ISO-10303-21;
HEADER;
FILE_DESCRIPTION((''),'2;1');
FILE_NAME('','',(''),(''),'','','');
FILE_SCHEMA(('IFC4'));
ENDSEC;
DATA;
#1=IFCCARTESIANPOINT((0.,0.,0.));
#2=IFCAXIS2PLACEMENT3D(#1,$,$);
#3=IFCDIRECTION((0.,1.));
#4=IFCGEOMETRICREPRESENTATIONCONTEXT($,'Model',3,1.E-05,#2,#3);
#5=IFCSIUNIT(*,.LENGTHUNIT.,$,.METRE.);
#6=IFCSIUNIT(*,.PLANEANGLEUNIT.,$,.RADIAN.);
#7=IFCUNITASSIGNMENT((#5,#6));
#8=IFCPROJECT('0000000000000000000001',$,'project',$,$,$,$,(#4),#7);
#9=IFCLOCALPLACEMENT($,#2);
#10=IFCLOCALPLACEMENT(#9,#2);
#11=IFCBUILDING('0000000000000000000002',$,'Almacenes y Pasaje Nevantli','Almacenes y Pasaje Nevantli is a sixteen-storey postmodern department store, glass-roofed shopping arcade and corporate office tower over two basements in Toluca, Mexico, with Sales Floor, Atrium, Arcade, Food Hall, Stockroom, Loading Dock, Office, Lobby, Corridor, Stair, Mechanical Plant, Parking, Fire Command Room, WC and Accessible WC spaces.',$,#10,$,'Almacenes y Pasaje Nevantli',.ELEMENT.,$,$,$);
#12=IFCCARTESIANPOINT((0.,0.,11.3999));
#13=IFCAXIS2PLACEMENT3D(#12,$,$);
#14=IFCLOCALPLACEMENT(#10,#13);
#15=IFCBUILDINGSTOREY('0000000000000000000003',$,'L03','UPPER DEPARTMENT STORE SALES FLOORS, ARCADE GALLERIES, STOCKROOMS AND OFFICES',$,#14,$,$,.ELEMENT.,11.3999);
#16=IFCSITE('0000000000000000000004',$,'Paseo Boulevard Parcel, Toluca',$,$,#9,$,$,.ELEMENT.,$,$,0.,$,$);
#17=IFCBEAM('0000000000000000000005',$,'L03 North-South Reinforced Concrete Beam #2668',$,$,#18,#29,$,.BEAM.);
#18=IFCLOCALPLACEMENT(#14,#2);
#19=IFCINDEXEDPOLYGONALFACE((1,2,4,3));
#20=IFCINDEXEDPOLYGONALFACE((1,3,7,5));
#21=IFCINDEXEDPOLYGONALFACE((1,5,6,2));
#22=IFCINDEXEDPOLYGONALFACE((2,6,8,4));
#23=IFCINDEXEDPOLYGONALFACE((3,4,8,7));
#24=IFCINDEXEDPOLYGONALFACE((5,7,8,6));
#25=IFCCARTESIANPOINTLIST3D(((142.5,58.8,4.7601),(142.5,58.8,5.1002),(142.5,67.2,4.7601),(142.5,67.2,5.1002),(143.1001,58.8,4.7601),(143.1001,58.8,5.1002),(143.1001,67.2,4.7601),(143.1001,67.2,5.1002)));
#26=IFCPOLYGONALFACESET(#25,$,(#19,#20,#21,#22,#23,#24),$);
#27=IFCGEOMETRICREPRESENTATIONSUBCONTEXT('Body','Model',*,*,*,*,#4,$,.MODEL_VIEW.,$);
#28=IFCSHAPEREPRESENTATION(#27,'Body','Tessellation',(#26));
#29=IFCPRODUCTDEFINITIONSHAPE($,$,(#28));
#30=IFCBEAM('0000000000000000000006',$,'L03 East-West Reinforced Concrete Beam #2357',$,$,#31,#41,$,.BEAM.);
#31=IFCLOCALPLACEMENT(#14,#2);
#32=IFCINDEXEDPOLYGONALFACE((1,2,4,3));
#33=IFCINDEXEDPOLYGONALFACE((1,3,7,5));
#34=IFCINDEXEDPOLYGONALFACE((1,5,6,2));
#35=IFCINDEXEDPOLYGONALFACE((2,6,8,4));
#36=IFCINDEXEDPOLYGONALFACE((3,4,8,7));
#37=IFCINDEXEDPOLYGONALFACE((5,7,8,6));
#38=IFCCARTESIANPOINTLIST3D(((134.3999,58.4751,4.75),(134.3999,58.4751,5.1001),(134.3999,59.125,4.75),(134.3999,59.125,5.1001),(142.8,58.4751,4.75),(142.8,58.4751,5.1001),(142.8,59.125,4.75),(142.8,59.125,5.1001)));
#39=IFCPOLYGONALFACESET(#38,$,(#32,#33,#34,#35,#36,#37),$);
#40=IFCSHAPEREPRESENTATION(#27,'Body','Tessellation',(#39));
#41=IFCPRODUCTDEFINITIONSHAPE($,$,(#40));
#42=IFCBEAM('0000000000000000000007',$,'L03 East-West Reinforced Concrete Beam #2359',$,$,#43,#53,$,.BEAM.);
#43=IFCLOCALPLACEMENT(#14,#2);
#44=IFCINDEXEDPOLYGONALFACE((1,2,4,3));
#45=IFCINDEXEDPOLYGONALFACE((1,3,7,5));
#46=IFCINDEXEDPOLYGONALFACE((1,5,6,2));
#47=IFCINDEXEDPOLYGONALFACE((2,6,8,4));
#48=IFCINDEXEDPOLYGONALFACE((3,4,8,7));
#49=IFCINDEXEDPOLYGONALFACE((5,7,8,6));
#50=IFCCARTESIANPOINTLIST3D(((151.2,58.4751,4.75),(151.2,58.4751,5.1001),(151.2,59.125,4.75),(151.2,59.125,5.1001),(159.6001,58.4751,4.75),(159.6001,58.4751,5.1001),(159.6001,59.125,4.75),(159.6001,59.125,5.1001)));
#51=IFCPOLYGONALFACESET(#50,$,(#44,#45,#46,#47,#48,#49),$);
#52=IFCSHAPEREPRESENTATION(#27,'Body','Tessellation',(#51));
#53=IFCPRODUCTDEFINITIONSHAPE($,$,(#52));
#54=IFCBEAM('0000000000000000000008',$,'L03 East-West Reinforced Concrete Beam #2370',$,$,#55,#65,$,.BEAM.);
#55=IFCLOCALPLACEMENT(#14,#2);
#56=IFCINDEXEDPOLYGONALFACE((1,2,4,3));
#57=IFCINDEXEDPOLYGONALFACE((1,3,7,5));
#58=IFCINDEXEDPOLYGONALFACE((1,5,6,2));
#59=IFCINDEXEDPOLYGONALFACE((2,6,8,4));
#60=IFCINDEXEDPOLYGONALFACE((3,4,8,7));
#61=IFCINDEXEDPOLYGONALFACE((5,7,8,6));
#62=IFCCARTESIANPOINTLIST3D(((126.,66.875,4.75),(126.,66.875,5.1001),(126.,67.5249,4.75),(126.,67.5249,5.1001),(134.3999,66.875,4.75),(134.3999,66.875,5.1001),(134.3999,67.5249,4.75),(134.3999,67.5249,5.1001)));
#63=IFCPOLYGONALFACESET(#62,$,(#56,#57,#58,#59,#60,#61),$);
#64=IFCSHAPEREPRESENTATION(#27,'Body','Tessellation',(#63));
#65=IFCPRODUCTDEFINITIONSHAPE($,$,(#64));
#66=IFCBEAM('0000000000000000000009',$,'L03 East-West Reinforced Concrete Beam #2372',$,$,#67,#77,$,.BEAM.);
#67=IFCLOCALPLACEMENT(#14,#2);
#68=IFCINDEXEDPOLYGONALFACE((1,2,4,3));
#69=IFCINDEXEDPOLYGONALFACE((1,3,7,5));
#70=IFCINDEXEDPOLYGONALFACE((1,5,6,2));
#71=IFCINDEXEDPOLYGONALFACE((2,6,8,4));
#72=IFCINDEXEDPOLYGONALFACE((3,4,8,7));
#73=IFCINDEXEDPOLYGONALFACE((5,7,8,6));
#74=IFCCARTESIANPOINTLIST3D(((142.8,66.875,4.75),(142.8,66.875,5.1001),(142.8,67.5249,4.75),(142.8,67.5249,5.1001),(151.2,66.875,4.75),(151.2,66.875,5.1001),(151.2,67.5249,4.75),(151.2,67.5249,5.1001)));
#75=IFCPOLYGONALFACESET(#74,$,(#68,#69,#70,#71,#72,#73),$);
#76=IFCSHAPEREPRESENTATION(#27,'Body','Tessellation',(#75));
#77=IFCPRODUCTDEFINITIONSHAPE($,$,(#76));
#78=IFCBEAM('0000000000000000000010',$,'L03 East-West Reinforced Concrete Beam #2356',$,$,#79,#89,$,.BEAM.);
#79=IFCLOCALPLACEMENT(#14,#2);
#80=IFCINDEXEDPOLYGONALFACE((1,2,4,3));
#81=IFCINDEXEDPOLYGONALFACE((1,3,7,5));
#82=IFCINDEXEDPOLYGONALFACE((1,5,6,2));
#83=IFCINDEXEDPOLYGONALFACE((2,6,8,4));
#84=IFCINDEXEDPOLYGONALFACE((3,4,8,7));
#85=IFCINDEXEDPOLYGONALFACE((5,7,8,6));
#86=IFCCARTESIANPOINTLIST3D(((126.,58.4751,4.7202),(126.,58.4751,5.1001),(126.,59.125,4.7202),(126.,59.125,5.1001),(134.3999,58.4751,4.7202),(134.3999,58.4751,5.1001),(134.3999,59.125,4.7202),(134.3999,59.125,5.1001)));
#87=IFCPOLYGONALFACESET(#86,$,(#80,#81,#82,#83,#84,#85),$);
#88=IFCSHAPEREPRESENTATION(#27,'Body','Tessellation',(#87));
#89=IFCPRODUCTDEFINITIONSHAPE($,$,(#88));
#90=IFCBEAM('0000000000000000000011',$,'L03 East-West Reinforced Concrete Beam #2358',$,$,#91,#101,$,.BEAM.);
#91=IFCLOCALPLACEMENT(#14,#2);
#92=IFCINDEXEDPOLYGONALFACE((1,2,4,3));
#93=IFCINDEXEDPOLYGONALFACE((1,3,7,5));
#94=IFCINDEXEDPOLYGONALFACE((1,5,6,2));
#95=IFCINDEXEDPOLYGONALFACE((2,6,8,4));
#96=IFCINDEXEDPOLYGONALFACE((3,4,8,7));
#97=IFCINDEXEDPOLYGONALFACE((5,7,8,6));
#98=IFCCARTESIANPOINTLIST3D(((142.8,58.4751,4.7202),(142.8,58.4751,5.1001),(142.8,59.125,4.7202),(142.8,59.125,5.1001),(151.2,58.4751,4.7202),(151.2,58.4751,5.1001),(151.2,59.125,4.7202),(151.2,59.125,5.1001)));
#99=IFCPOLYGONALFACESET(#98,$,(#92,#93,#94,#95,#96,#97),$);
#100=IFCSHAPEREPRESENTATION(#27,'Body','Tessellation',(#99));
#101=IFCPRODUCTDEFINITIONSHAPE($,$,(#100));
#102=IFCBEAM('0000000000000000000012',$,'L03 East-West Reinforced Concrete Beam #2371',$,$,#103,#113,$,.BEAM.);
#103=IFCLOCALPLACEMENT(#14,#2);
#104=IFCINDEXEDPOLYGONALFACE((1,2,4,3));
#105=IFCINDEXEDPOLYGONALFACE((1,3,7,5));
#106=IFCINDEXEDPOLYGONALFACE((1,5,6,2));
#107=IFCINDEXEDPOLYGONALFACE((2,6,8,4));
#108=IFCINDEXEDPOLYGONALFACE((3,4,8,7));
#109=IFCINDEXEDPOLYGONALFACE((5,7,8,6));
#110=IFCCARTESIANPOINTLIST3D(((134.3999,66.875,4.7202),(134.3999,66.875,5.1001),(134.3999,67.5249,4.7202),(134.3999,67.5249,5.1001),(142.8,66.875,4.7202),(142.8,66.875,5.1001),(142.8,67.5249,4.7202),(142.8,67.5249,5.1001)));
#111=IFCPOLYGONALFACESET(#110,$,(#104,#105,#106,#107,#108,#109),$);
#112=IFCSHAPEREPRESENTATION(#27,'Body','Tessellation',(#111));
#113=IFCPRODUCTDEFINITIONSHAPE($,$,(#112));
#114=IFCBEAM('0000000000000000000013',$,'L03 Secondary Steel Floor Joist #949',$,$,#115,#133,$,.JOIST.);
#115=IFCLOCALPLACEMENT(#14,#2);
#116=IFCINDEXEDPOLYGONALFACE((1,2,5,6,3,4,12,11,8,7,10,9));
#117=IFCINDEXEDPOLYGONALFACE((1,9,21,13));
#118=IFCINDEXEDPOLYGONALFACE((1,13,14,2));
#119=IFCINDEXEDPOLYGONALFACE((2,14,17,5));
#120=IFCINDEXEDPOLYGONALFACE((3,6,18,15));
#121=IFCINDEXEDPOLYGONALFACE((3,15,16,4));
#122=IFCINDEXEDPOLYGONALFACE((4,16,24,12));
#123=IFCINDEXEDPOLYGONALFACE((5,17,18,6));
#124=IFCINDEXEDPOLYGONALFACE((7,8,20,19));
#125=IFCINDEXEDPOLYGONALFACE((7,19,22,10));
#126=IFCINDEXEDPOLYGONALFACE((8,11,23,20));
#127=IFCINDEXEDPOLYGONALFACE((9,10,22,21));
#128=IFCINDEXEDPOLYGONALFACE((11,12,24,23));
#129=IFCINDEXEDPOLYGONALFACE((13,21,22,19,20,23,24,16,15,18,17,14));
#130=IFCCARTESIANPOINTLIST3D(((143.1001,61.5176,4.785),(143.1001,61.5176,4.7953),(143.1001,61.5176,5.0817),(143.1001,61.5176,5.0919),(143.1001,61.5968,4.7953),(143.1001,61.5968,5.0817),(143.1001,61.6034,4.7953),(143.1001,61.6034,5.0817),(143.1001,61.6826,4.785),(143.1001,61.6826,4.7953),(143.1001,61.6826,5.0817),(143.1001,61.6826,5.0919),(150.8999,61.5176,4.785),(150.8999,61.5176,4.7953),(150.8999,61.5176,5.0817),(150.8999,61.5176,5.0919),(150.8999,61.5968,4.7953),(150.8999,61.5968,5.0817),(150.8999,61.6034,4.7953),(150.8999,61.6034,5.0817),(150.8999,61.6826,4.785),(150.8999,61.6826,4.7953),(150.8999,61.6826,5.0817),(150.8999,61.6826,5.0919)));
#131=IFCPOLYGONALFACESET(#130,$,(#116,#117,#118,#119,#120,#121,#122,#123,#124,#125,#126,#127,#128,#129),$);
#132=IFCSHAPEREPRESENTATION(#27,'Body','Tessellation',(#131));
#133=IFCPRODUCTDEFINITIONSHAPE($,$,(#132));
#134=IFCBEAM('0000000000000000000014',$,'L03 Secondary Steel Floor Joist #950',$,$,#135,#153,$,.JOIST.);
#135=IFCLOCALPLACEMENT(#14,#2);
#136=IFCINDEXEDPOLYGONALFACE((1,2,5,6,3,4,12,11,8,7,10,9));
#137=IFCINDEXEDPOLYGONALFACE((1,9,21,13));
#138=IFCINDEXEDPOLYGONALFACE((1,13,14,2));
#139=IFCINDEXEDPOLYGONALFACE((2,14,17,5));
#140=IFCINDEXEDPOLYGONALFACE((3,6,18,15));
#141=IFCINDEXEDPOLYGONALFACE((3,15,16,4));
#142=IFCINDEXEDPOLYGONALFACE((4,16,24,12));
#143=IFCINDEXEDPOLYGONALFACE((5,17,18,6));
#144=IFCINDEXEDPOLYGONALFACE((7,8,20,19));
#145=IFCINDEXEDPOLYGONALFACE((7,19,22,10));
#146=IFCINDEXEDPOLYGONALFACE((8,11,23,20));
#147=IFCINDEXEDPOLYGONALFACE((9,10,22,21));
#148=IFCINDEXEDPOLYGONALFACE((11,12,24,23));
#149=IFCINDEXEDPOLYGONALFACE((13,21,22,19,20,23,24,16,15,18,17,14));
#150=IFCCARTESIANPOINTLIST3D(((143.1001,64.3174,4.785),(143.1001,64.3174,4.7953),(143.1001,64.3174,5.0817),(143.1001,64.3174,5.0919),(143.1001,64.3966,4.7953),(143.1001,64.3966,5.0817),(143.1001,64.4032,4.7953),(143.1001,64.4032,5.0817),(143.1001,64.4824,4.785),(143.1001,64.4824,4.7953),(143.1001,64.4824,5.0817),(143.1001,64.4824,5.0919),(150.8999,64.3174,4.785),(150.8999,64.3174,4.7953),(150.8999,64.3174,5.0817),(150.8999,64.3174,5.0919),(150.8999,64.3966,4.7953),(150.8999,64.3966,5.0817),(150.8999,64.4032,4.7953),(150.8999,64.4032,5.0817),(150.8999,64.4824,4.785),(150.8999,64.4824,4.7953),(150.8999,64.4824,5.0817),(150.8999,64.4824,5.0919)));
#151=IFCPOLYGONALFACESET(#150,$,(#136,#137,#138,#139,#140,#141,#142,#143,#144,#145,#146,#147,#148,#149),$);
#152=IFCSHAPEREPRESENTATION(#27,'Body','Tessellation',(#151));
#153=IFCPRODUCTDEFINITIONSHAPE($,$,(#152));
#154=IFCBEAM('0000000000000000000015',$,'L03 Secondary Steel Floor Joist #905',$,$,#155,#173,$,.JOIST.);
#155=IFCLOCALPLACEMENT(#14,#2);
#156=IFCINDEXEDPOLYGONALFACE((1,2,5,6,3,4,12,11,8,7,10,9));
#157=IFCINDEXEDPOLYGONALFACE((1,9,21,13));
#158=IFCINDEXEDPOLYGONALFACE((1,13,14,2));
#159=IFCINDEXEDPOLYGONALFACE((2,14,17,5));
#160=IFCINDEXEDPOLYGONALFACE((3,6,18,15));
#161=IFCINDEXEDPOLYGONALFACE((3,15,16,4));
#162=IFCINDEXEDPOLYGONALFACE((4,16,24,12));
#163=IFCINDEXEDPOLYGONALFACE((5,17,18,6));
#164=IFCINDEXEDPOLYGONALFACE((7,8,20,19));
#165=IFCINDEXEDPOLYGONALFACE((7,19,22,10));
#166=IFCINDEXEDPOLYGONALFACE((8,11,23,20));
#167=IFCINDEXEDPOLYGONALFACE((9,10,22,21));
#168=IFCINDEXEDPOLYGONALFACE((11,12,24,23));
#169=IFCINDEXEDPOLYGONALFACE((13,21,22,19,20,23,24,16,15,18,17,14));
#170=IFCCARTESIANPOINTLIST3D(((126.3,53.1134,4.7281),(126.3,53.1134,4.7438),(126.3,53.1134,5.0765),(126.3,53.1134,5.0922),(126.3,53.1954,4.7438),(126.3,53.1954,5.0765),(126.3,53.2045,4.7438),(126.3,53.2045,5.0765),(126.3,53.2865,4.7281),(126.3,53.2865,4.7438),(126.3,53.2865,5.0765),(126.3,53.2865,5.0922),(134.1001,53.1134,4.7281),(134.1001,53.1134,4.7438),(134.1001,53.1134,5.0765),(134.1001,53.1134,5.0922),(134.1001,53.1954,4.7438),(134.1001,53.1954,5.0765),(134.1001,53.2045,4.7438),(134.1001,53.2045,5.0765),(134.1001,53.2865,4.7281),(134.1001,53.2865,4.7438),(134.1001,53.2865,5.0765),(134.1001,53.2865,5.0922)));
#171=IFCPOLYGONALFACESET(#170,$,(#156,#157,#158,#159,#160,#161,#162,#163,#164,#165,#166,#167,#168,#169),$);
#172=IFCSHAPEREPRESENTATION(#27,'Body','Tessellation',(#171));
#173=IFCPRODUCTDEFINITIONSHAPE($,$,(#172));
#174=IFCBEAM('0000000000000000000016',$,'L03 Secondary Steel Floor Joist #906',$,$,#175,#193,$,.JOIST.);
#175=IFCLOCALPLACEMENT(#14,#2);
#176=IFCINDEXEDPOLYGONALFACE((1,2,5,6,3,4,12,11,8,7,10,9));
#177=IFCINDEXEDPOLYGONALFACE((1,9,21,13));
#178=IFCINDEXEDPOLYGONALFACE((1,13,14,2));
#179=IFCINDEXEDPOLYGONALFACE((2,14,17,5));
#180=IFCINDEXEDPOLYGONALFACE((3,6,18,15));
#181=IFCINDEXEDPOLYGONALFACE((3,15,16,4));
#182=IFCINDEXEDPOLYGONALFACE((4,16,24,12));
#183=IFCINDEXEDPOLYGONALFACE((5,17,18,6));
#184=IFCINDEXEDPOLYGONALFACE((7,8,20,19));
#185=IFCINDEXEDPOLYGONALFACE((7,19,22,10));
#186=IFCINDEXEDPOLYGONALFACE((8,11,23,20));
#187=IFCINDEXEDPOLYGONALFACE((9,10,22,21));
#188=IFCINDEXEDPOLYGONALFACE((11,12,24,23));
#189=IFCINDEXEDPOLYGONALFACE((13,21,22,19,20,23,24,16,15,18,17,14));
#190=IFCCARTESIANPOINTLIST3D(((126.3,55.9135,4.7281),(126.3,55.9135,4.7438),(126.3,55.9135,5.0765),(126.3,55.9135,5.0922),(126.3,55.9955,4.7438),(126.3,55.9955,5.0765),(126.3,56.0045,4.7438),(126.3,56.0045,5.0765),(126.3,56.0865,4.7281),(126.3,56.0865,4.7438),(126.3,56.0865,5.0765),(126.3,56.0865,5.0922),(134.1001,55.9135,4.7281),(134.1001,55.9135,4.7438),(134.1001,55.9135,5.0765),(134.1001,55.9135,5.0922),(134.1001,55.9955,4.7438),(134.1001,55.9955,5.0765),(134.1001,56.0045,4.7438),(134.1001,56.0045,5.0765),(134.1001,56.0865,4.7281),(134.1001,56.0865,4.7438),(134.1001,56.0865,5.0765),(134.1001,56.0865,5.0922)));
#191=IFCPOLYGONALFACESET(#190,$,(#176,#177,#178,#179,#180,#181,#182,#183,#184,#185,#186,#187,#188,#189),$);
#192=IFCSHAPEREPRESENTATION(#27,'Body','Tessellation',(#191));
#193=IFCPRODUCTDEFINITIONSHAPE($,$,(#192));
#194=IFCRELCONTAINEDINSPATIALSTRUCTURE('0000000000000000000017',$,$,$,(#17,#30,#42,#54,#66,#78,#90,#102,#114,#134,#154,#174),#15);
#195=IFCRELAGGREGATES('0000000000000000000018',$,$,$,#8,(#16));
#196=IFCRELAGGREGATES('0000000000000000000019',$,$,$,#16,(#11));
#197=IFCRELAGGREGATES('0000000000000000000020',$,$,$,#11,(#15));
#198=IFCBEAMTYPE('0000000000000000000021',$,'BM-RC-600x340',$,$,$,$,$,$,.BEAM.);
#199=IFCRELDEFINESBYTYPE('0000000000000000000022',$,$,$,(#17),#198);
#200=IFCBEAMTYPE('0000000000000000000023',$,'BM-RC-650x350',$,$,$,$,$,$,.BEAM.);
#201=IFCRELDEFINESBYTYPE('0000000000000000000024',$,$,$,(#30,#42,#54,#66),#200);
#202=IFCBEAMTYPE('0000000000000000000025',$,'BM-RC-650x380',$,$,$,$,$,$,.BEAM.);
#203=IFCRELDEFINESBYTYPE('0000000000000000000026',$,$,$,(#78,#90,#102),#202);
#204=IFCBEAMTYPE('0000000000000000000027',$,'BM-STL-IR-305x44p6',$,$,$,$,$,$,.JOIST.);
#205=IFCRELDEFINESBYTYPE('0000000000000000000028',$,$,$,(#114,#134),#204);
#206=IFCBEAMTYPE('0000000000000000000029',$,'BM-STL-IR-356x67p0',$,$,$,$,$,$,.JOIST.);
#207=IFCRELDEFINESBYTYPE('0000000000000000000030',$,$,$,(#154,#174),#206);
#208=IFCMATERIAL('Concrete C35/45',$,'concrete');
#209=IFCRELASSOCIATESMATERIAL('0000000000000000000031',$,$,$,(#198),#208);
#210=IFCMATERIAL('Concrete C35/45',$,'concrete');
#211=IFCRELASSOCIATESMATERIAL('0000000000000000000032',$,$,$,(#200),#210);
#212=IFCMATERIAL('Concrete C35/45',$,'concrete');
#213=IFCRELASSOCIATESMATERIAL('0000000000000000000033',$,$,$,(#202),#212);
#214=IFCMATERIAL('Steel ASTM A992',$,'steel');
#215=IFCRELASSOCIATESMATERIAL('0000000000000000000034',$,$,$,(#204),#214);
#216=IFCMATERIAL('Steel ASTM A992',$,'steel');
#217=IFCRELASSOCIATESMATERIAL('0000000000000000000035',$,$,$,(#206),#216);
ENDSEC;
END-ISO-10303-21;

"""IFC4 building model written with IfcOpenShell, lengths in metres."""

from ifc_helpers import new_model, si_unit, direction, frame, origin, origin_2d, place, context, subcontext, project, spatial, rectangle, i_section, extrude, material, material_profile, profile_set, type_object, element, save


model = new_model("IFC4")

# Units and contexts
model_context = context("Model", 3, precision=1e-05, world=origin(), true_north=direction((0.0, 1.0)))
body_context = subcontext(model_context, "Body", "Model", "MODEL_VIEW")
ifc_project = project(units=[si_unit("LENGTHUNIT", "METRE"), si_unit("PLANEANGLEUNIT", "RADIAN")], contexts=[model_context])

# Site, building, storey
site_placement = place(None, origin())
site = spatial("IfcSite", under=ifc_project, at=site_placement, Name="Paseo Boulevard Parcel, Toluca", CompositionType="ELEMENT", RefElevation=0.0)
building_placement = place(site_placement, origin())
building = spatial("IfcBuilding", under=site, at=building_placement, Name="Almacenes y Pasaje Nevantli", Description="Almacenes y Pasaje Nevantli is a sixteen-storey postmodern department store, glass-roofed shopping arcade and corporate office tower over two basements in Toluca, Mexico, with Sales Floor, Atrium, Arcade, Food Hall, Stockroom, Loading Dock, Office, Lobby, Corridor, Stair, Mechanical Plant, Parking, Fire Command Room, WC and Accessible WC spaces.", LongName="Almacenes y Pasaje Nevantli", CompositionType="ELEMENT")
storey_placement = place(building_placement, frame((0.0, 0.0, 11.3999)))
storey = spatial("IfcBuildingStorey", under=building, at=storey_placement, Name="L03", Description="UPPER DEPARTMENT STORE SALES FLOORS, ARCADE GALLERIES, STOCKROOMS AND OFFICES", CompositionType="ELEMENT", Elevation=11.3999)

# Beams
ifc_material_1 = material(Name="Concrete C35/45", Category="concrete")
ifc_material_profile_1 = material_profile(ifc_material_1, rectangle(XDim=0.6001, YDim=0.3401, at=origin_2d()), Name="RC-BM-600x340")
ifc_profile_set_1 = profile_set([ifc_material_profile_1], Name="Concrete C35/45")
beam_type_1 = type_object("IfcBeamType", Name="BM-RC-600x340", PredefinedType="BEAM", material=ifc_profile_set_1)
beam_1_placement = place(storey_placement, frame((142.8, 58.8, 4.9302), z_axis=(0.0, 1.0, 0.0), x_axis=(-1.0, 0.0, 0.0)))
element("IfcBeam", 1, at=beam_1_placement, inside=storey, type_object=beam_type_1, Name="L03 North-South Reinforced Concrete Beam #2668", PredefinedType="BEAM", context=body_context, shape_type="SweptSolid", body=[
    extrude(rectangle(XDim=0.6001, YDim=0.3401, at=origin_2d()), origin(), (0.0, 0.0, 1.0), 8.3999),
])
ifc_material_2 = material(Name="Concrete C35/45", Category="concrete")
ifc_material_profile_2 = material_profile(ifc_material_2, rectangle(XDim=0.6499, YDim=0.3501, at=origin_2d()), Name="RC-BM-650x350")
ifc_profile_set_2 = profile_set([ifc_material_profile_2], Name="Concrete C35/45")
beam_type_2 = type_object("IfcBeamType", Name="BM-RC-650x350", PredefinedType="BEAM", material=ifc_profile_set_2)
for number, where, z_axis, x_axis, name in (
    (2, (134.3999, 58.8, 4.925), (1.0, 0.0, 0.0), (0.0, 1.0, 0.0), "L03 East-West Reinforced Concrete Beam #2357"),
    (3, (151.2, 58.8, 4.925), (1.0, 0.0, 0.0), (0.0, 1.0, 0.0), "L03 East-West Reinforced Concrete Beam #2359"),
):
    element("IfcBeam", number, at=place(storey_placement, frame(where, z_axis=z_axis, x_axis=x_axis)), inside=storey, type_object=beam_type_2, Name=name, PredefinedType="BEAM", context=body_context, shape_type="SweptSolid", body=[
        extrude(rectangle(XDim=0.6499, YDim=0.3501, at=origin_2d()), origin(), (0.0, 0.0, 1.0), 8.4001),
    ])
for number, where, z_axis, x_axis, name in (
    (4, (126.0, 67.2, 4.925), (1.0, 0.0, 0.0), (0.0, 1.0, 0.0), "L03 East-West Reinforced Concrete Beam #2370"),
    (5, (142.8, 67.2, 4.925), (1.0, 0.0, 0.0), (0.0, 1.0, 0.0), "L03 East-West Reinforced Concrete Beam #2372"),
):
    element("IfcBeam", number, at=place(storey_placement, frame(where, z_axis=z_axis, x_axis=x_axis)), inside=storey, type_object=beam_type_2, Name=name, PredefinedType="BEAM", context=body_context, shape_type="SweptSolid", body=[
        extrude(rectangle(XDim=0.6499, YDim=0.3501, at=origin_2d()), origin(), (0.0, 0.0, 1.0), 8.3999),
    ])
ifc_material_3 = material(Name="Concrete C35/45", Category="concrete")
ifc_material_profile_3 = material_profile(ifc_material_3, rectangle(XDim=0.6499, YDim=0.3799, at=origin_2d()), Name="RC-BM-650x380")
ifc_profile_set_3 = profile_set([ifc_material_profile_3], Name="Concrete C35/45")
beam_type_3 = type_object("IfcBeamType", Name="BM-RC-650x380", PredefinedType="BEAM", material=ifc_profile_set_3)
for number, where, z_axis, x_axis, name in (
    (6, (126.0, 58.8, 4.9102), (1.0, 0.0, 0.0), (0.0, 1.0, 0.0), "L03 East-West Reinforced Concrete Beam #2356"),
    (7, (142.8, 58.8, 4.9102), (1.0, 0.0, 0.0), (0.0, 1.0, 0.0), "L03 East-West Reinforced Concrete Beam #2358"),
):
    element("IfcBeam", number, at=place(storey_placement, frame(where, z_axis=z_axis, x_axis=x_axis)), inside=storey, type_object=beam_type_3, Name=name, PredefinedType="BEAM", context=body_context, shape_type="SweptSolid", body=[
        extrude(rectangle(XDim=0.6499, YDim=0.3799, at=origin_2d()), origin(), (0.0, 0.0, 1.0), 8.3999),
    ])
beam_2_placement = place(storey_placement, frame((134.3999, 67.2, 4.9102), z_axis=(1.0, 0.0, 0.0), x_axis=(0.0, 1.0, 0.0)))
element("IfcBeam", 8, at=beam_2_placement, inside=storey, type_object=beam_type_3, Name="L03 East-West Reinforced Concrete Beam #2371", PredefinedType="BEAM", context=body_context, shape_type="SweptSolid", body=[
    extrude(rectangle(XDim=0.6499, YDim=0.3799, at=origin_2d()), origin(), (0.0, 0.0, 1.0), 8.4001),
])
ifc_material_4 = material(Name="Steel ASTM A992", Category="steel")
ifc_material_profile_4 = material_profile(ifc_material_4, i_section(OverallWidth=0.165, OverallDepth=0.3069, WebThickness=0.0066, FlangeThickness=0.0103, at=origin_2d()), Name="IR 305x44.6")
ifc_profile_set_4 = profile_set([ifc_material_profile_4], Name="Steel ASTM A992")
beam_type_4 = type_object("IfcBeamType", Name="BM-STL-IR-305x44p6", PredefinedType="JOIST", material=ifc_profile_set_4)
for number, where, z_axis, x_axis, name in (
    (9, (143.1001, 61.6001, 4.9385), (1.0, 0.0, 0.0), (0.0, 1.0, 0.0), "L03 Secondary Steel Floor Joist #949"),
    (10, (143.1001, 64.3999, 4.9385), (1.0, 0.0, 0.0), (0.0, 1.0, 0.0), "L03 Secondary Steel Floor Joist #950"),
):
    element("IfcBeam", number, at=place(storey_placement, frame(where, z_axis=z_axis, x_axis=x_axis)), inside=storey, type_object=beam_type_4, Name=name, PredefinedType="JOIST", context=body_context, shape_type="SweptSolid", body=[
        extrude(i_section(OverallWidth=0.165, OverallDepth=0.3069, WebThickness=0.0066, FlangeThickness=0.0103, at=origin_2d()), origin(), (0.0, 0.0, 1.0), 7.7998),
    ])
ifc_material_5 = material(Name="Steel ASTM A992", Category="steel")
ifc_material_profile_5 = material_profile(ifc_material_5, i_section(OverallWidth=0.1731, OverallDepth=0.364, WebThickness=0.009, FlangeThickness=0.0156, at=origin_2d()), Name="IR 356x67.0")
ifc_profile_set_5 = profile_set([ifc_material_profile_5], Name="Steel ASTM A992")
beam_type_5 = type_object("IfcBeamType", Name="BM-STL-IR-356x67p0", PredefinedType="JOIST", material=ifc_profile_set_5)
for number, where, z_axis, x_axis, name in (
    (11, (126.3, 53.2, 4.9102), (1.0, 0.0, 0.0), (0.0, 1.0, 0.0), "L03 Secondary Steel Floor Joist #905"),
    (12, (126.3, 56.0, 4.9102), (1.0, 0.0, 0.0), (0.0, 1.0, 0.0), "L03 Secondary Steel Floor Joist #906"),
):
    element("IfcBeam", number, at=place(storey_placement, frame(where, z_axis=z_axis, x_axis=x_axis)), inside=storey, type_object=beam_type_5, Name=name, PredefinedType="JOIST", context=body_context, shape_type="SweptSolid", body=[
        extrude(i_section(OverallWidth=0.1731, OverallDepth=0.364, WebThickness=0.009, FlangeThickness=0.0156, at=origin_2d()), origin(), (0.0, 0.0, 1.0), 7.8),
    ])

save(model, "model.ifc")
